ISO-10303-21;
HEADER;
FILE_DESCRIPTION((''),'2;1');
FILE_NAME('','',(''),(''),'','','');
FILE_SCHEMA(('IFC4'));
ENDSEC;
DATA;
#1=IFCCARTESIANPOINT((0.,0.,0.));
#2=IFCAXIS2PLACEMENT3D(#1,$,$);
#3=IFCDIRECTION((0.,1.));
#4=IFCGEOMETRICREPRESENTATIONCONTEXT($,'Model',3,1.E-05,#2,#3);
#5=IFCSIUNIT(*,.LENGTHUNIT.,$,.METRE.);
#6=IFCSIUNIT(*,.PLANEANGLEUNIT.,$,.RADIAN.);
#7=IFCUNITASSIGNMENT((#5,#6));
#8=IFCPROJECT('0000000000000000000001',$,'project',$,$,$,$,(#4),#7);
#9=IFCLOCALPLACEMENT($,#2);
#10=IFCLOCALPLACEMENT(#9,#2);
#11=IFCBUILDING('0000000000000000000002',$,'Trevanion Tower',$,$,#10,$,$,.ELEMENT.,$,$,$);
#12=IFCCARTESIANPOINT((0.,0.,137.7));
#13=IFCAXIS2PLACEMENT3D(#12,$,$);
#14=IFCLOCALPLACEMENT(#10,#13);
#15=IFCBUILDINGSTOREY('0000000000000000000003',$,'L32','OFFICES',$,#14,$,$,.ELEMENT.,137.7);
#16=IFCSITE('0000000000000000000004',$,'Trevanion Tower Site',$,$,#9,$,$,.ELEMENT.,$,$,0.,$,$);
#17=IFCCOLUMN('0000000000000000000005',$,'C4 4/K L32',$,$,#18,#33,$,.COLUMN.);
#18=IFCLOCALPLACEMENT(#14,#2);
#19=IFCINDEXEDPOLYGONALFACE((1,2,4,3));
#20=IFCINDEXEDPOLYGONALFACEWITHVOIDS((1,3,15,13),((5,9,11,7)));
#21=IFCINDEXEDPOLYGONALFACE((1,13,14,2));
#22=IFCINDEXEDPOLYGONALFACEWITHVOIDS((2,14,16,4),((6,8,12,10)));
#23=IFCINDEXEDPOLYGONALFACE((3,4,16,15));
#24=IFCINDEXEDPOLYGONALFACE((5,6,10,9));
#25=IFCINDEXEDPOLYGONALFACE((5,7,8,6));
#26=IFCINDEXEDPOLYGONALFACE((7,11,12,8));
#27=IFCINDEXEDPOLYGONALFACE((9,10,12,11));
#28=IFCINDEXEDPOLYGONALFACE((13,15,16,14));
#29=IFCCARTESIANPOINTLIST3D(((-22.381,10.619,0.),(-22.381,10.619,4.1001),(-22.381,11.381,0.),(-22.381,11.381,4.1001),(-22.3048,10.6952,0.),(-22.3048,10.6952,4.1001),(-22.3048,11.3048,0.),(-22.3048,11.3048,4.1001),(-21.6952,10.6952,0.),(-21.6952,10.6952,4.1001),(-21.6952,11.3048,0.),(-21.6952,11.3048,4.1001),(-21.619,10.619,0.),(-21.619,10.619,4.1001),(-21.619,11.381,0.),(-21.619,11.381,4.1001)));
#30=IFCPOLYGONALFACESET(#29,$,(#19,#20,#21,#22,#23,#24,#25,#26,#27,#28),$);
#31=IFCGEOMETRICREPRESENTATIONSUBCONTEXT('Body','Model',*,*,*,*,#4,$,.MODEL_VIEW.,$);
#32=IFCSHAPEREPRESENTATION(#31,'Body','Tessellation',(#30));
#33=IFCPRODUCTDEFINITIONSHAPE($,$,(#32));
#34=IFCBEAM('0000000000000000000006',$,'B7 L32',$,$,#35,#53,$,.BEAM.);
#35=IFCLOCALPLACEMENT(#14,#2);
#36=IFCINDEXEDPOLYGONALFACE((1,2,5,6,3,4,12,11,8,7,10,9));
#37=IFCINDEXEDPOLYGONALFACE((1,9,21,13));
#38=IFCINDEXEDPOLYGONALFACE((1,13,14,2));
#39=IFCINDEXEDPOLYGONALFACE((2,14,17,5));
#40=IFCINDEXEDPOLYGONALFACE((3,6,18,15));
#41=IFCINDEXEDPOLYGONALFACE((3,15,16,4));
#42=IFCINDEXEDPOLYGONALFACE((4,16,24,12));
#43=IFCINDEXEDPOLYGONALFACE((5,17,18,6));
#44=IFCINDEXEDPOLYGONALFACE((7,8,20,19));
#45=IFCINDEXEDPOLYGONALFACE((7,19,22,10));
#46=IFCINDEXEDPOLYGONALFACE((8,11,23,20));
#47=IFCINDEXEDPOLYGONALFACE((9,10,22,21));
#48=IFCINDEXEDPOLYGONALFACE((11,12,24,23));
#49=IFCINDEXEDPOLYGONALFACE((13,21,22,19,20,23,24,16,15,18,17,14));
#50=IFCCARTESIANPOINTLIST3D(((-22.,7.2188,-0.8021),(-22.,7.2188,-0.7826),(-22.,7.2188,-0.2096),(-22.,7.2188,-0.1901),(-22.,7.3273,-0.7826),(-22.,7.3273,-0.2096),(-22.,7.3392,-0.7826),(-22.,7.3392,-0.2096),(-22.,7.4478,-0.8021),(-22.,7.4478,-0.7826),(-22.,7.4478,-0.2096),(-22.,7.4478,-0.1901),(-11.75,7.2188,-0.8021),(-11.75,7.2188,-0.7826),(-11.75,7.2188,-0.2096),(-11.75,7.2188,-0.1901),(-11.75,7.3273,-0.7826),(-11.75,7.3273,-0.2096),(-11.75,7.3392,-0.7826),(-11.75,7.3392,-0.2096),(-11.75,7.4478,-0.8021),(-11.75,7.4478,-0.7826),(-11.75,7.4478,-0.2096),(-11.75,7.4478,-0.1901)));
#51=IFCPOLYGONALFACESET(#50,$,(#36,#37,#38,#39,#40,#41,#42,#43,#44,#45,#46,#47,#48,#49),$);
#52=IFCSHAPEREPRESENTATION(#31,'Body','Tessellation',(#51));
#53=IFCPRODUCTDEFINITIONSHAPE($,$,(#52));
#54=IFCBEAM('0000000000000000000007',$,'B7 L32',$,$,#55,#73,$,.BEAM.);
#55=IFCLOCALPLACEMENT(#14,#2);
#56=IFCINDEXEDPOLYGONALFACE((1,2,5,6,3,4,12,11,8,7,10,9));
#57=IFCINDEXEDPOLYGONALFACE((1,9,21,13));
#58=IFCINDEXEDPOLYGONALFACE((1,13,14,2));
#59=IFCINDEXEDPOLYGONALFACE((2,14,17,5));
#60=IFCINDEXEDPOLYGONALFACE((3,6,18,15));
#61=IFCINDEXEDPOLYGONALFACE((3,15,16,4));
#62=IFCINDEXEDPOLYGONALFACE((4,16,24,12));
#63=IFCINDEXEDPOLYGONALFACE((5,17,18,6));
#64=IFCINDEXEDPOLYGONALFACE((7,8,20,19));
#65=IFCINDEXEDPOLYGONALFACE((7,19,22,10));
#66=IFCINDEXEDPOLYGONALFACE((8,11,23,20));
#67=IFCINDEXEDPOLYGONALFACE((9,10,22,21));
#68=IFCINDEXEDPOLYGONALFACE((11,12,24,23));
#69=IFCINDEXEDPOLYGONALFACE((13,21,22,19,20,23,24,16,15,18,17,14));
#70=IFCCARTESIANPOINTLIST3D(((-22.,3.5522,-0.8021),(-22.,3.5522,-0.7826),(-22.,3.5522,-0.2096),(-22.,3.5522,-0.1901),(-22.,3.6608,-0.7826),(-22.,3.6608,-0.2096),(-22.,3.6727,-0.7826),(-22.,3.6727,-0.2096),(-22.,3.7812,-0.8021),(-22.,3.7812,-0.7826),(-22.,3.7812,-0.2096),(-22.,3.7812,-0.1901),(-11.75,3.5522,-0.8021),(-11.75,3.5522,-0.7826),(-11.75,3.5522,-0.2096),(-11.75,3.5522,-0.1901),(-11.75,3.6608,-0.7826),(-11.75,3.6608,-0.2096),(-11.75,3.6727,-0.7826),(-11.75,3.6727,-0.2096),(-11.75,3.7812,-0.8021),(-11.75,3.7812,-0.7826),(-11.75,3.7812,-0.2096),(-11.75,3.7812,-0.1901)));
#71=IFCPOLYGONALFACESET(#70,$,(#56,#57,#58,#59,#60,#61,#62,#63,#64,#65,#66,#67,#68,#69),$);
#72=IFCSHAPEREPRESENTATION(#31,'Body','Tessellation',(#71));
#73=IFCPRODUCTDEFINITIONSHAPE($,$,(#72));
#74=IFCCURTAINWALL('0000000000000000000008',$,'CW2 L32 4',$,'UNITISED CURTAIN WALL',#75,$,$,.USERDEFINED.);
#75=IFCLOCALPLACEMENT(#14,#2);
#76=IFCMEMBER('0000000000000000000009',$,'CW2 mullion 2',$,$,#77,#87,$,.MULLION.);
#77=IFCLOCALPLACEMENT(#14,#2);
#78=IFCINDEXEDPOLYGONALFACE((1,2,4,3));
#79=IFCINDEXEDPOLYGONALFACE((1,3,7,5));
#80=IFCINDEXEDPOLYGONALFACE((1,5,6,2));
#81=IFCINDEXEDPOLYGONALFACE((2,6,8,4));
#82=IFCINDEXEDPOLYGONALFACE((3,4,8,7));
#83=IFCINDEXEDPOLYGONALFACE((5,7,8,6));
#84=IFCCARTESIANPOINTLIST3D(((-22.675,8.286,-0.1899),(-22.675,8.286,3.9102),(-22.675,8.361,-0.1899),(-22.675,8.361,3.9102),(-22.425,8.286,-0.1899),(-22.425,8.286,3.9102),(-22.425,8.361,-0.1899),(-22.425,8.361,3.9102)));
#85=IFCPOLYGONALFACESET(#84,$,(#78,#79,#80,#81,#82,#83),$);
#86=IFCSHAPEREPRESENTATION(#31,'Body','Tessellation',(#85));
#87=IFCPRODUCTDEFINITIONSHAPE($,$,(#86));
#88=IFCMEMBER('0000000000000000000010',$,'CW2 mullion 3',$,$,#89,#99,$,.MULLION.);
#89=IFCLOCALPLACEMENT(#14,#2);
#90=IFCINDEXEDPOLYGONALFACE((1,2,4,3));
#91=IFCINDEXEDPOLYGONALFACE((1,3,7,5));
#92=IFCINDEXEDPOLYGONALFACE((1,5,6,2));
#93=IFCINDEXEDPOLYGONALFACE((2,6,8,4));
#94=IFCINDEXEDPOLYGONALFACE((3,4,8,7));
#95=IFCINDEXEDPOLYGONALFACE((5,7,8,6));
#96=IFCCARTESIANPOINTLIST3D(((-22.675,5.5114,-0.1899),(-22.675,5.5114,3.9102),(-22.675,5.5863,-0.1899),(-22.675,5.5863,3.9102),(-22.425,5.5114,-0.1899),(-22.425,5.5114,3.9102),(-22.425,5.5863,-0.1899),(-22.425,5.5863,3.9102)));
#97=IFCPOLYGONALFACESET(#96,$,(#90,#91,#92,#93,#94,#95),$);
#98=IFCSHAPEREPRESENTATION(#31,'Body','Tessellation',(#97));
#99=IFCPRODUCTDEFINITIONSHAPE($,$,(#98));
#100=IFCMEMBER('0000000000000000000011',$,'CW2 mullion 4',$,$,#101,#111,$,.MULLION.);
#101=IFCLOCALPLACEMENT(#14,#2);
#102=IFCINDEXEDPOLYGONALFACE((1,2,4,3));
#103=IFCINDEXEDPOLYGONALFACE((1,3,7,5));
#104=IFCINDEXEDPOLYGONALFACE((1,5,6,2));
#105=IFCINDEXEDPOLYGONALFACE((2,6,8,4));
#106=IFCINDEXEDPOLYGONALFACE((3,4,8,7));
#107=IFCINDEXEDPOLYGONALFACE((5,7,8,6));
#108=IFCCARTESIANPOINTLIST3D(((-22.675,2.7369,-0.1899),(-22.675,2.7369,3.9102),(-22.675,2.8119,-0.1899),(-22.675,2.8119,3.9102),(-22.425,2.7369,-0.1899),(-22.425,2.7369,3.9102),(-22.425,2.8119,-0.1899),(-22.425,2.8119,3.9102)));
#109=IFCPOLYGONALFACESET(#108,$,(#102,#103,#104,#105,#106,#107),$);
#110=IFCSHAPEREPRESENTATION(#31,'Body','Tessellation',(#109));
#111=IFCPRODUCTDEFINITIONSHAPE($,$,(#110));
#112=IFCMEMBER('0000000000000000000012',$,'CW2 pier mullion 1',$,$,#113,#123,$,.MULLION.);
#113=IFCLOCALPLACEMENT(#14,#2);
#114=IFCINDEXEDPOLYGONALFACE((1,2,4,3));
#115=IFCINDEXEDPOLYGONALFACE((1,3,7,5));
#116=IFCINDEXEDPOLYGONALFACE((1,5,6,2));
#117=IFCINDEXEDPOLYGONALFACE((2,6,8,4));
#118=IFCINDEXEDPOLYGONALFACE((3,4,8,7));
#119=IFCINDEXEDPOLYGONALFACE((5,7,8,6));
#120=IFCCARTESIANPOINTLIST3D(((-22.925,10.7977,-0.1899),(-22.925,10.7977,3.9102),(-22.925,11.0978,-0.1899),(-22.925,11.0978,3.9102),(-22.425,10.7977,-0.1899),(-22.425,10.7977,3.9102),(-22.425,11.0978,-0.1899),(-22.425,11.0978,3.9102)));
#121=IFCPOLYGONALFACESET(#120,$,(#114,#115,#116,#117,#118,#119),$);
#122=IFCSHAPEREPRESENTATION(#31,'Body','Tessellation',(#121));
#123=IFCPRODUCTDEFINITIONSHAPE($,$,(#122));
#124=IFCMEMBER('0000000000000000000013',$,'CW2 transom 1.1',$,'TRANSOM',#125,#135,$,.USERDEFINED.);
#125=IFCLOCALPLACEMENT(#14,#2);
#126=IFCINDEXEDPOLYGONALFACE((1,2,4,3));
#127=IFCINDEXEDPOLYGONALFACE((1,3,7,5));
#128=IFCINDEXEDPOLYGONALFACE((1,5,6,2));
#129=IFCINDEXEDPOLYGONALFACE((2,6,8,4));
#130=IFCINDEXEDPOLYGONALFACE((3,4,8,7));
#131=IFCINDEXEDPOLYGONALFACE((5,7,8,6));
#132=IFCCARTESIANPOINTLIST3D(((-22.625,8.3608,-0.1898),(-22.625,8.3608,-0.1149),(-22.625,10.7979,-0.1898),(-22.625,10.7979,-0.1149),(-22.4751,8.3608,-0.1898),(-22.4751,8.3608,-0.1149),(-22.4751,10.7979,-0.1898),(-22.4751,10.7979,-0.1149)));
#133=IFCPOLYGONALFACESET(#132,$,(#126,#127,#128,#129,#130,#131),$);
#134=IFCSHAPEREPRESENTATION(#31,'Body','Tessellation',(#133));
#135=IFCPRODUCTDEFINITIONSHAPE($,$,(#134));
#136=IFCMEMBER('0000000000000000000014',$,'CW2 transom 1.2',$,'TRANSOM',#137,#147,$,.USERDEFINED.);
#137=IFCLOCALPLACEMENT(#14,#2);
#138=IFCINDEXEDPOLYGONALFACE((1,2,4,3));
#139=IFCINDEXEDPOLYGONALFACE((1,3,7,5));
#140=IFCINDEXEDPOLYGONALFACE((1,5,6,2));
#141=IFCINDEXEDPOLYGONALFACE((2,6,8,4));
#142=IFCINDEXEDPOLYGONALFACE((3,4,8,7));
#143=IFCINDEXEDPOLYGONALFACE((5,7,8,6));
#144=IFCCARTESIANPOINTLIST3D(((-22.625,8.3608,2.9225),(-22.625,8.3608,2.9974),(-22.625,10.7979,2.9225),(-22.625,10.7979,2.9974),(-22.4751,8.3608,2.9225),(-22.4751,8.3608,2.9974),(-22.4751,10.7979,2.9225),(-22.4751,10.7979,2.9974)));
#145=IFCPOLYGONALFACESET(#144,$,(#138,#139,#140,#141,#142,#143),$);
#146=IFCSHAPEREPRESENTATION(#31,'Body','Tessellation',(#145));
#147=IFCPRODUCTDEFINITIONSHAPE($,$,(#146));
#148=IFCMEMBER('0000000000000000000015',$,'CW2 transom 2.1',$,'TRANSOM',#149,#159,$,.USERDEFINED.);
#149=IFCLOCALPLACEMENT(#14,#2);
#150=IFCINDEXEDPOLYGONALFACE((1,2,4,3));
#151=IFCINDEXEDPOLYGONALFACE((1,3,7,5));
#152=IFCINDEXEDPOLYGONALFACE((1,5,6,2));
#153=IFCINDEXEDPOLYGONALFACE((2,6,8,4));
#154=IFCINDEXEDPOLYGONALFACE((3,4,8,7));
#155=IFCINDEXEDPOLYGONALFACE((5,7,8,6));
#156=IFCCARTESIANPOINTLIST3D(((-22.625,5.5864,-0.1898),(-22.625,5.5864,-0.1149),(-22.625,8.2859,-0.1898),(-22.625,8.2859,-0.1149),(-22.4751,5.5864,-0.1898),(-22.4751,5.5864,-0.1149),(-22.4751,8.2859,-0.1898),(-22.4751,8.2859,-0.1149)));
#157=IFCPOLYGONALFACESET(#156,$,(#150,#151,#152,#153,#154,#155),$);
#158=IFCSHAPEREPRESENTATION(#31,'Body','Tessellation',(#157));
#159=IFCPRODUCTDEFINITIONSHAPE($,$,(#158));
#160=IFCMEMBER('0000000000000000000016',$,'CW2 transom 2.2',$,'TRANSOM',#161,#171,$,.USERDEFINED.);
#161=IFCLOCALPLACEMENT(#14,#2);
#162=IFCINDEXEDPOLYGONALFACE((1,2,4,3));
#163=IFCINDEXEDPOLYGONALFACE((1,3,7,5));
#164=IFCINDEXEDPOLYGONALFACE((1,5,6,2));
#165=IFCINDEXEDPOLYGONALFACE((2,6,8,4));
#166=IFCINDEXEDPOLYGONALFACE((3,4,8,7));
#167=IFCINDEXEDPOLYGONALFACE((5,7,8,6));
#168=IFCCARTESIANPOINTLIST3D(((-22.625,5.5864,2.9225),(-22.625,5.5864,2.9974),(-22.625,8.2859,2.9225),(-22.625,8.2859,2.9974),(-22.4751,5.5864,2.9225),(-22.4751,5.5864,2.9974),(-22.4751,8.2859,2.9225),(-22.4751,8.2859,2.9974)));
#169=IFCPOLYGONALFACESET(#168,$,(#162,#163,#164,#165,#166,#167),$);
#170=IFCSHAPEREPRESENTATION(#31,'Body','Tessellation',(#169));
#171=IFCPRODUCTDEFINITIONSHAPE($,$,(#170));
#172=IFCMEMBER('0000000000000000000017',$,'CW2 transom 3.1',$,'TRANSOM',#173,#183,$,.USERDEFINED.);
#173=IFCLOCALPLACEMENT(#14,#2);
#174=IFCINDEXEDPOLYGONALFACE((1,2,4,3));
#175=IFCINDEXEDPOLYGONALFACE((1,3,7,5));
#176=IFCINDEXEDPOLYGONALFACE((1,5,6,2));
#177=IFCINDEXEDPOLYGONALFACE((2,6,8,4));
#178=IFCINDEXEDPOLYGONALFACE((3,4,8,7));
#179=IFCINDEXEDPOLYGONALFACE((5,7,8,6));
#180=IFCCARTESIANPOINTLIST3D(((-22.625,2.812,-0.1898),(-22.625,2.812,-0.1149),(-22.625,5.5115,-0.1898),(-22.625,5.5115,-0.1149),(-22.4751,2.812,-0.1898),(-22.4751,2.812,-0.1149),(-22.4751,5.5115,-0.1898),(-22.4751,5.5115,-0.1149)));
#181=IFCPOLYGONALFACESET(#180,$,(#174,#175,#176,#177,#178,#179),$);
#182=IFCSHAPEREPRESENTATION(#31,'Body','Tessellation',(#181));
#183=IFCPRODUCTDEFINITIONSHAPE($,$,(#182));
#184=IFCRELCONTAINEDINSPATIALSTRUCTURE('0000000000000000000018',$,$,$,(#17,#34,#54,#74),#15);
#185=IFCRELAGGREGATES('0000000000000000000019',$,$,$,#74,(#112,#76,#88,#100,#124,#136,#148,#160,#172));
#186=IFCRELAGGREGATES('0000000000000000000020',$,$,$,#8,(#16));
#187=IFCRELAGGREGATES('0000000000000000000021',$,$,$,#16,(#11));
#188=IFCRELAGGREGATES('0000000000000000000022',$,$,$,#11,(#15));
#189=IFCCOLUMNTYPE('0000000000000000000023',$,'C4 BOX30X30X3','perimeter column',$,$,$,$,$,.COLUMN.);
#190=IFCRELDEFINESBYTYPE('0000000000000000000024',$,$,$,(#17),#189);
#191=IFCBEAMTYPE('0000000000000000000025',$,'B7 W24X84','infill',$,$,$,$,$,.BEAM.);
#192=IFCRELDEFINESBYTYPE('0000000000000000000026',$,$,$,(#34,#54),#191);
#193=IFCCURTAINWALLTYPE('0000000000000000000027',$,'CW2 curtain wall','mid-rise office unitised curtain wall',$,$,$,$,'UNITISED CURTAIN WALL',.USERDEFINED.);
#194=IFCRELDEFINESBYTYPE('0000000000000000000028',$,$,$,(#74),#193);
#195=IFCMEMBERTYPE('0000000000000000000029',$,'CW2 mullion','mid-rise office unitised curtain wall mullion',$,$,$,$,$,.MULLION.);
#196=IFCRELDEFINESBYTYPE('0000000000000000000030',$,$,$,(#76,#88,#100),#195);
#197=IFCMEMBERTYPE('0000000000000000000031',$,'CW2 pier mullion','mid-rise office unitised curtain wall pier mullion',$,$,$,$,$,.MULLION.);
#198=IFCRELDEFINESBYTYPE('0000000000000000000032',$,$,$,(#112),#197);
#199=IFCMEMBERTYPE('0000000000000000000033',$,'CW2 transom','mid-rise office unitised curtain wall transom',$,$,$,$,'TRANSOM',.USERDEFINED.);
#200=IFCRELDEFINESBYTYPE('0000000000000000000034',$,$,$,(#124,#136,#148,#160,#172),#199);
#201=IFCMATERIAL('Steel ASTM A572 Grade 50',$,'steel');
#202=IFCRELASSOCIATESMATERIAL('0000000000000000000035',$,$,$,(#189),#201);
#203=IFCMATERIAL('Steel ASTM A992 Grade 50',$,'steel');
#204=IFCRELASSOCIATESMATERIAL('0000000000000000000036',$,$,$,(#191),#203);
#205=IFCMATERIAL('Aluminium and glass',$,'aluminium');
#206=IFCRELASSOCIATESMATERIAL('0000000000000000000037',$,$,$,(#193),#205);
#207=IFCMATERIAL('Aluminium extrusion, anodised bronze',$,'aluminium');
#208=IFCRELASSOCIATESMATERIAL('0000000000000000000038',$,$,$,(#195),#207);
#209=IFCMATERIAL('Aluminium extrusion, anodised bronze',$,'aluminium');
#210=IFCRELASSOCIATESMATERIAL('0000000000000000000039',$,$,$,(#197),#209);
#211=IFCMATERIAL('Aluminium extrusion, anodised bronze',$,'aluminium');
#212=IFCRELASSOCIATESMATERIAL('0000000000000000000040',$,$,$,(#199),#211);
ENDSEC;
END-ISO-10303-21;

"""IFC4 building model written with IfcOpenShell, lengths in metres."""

from ifc_helpers import new_model, si_unit, direction, frame, origin, origin_2d, place, context, subcontext, project, spatial, rectangle, hollow_rectangle, i_section, extrude, material, material_profile, profile_set, type_object, element, aggregate, save


model = new_model("IFC4")

# Units and contexts
model_context = context("Model", 3, precision=1e-05, world=origin(), true_north=direction((0.0, 1.0)))
body_context = subcontext(model_context, "Body", "Model", "MODEL_VIEW")
ifc_project = project(units=[si_unit("LENGTHUNIT", "METRE"), si_unit("PLANEANGLEUNIT", "RADIAN")], contexts=[model_context])

# Site, building, storey
site_placement = place(None, origin())
site = spatial("IfcSite", under=ifc_project, at=site_placement, Name="Trevanion Tower Site", CompositionType="ELEMENT", RefElevation=0.0)
building_placement = place(site_placement, origin())
building = spatial("IfcBuilding", under=site, at=building_placement, Name="Trevanion Tower", CompositionType="ELEMENT")
storey_placement = place(building_placement, frame((0.0, 0.0, 137.7)))
storey = spatial("IfcBuildingStorey", under=building, at=storey_placement, Name="L32", Description="OFFICES", CompositionType="ELEMENT", Elevation=137.7)

# Column
ifc_material_1 = material(Name="Steel ASTM A572 Grade 50", Category="steel")
ifc_material_profile_1 = material_profile(ifc_material_1, hollow_rectangle(XDim=0.762, YDim=0.762, WallThickness=0.0762, at=origin_2d()), Name="BOX30X30X3")
ifc_profile_set_1 = profile_set([ifc_material_profile_1], Name="Steel ASTM A572 Grade 50")
column_type = type_object("IfcColumnType", Name="C4 BOX30X30X3", Description="perimeter column", PredefinedType="COLUMN", material=ifc_profile_set_1)
column_placement = place(storey_placement, frame((-22.0, 11.0, 0.0), z_axis=(0.0, 0.0, 1.0), x_axis=(0.0, 1.0, 0.0)))
element("IfcColumn", 1, at=column_placement, inside=storey, type_object=column_type, Name="C4 4/K L32", PredefinedType="COLUMN", context=body_context, shape_type="SweptSolid", body=[
    extrude(hollow_rectangle(XDim=0.762, YDim=0.762, WallThickness=0.0762, at=origin_2d()), origin(), (0.0, 0.0, 1.0), 4.1001),
])

# Beams
ifc_material_2 = material(Name="Steel ASTM A992 Grade 50", Category="steel")
ifc_material_profile_2 = material_profile(ifc_material_2, i_section(OverallWidth=0.229, OverallDepth=0.6121, WebThickness=0.012, FlangeThickness=0.0195, at=origin_2d()), Name="W24X84")
ifc_profile_set_2 = profile_set([ifc_material_profile_2], Name="Steel ASTM A992 Grade 50")
beam_type = type_object("IfcBeamType", Name="B7 W24X84", Description="infill", PredefinedType="BEAM", material=ifc_profile_set_2)
for number, where, z_axis, x_axis, name in (
    (2, (-11.75, 7.3333, -0.4961), (-1.0, 0.0, 0.0), (0.0, -1.0, 0.0), "B7 L32"),
    (3, (-11.75, 3.6667, -0.4961), (-1.0, 0.0, 0.0), (0.0, -1.0, 0.0), "B7 L32"),
):
    element("IfcBeam", number, at=place(storey_placement, frame(where, z_axis=z_axis, x_axis=x_axis)), inside=storey, type_object=beam_type, Name=name, PredefinedType="BEAM", context=body_context, shape_type="SweptSolid", body=[
        extrude(i_section(OverallWidth=0.229, OverallDepth=0.6121, WebThickness=0.012, FlangeThickness=0.0195, at=origin_2d()), origin(), (0.0, 0.0, 1.0), 10.25),
    ])

# Curtain wall, members
ifc_material_3 = material(Name="Aluminium and glass", Category="aluminium")
curtain_wall_type = type_object("IfcCurtainWallType", Name="CW2 curtain wall", Description="mid-rise office unitised curtain wall", ElementType="UNITISED CURTAIN WALL", PredefinedType="USERDEFINED", material=ifc_material_3)
curtain_wall_placement = place(storey_placement, origin())
curtain_wall = element("IfcCurtainWall", 4, at=curtain_wall_placement, inside=storey, type_object=curtain_wall_type, Name="CW2 L32 4", ObjectType="UNITISED CURTAIN WALL", PredefinedType="USERDEFINED")
ifc_material_4 = material(Name="Aluminium extrusion, anodised bronze", Category="aluminium")
ifc_material_profile_3 = material_profile(ifc_material_4, rectangle(XDim=0.075, YDim=0.25, at=origin_2d()), Name="CW2 mullion")
ifc_profile_set_3 = profile_set([ifc_material_profile_3], Name="Aluminium extrusion, anodised bronze")
member_type_1 = type_object("IfcMemberType", Name="CW2 mullion", Description="mid-rise office unitised curtain wall mullion", PredefinedType="MULLION", material=ifc_profile_set_3)
member_1_placement = place(storey_placement, frame((-22.55, 8.3235, -0.1899), z_axis=(0.0, 0.0, 1.0), x_axis=(0.0, -1.0, 0.0)))
member_1 = element("IfcMember", 5, at=member_1_placement, type_object=member_type_1, Name="CW2 mullion 2", PredefinedType="MULLION", context=body_context, shape_type="SweptSolid", body=[
    extrude(rectangle(XDim=0.075, YDim=0.25, at=origin_2d()), origin(), (0.0, 0.0, 1.0), 4.1001),
])
member_2_placement = place(storey_placement, frame((-22.55, 5.5488, -0.1899), z_axis=(0.0, 0.0, 1.0), x_axis=(0.0, -1.0, 0.0)))
member_2 = element("IfcMember", 6, at=member_2_placement, type_object=member_type_1, Name="CW2 mullion 3", PredefinedType="MULLION", context=body_context, shape_type="SweptSolid", body=[
    extrude(rectangle(XDim=0.075, YDim=0.25, at=origin_2d()), origin(), (0.0, 0.0, 1.0), 4.1001),
])
member_3_placement = place(storey_placement, frame((-22.55, 2.7744, -0.1899), z_axis=(0.0, 0.0, 1.0), x_axis=(0.0, -1.0, 0.0)))
member_3 = element("IfcMember", 7, at=member_3_placement, type_object=member_type_1, Name="CW2 mullion 4", PredefinedType="MULLION", context=body_context, shape_type="SweptSolid", body=[
    extrude(rectangle(XDim=0.075, YDim=0.25, at=origin_2d()), origin(), (0.0, 0.0, 1.0), 4.1001),
])
ifc_material_5 = material(Name="Aluminium extrusion, anodised bronze", Category="aluminium")
ifc_material_profile_4 = material_profile(ifc_material_5, rectangle(XDim=0.3, YDim=0.5, at=origin_2d()), Name="CW2 pier mullion")
ifc_profile_set_4 = profile_set([ifc_material_profile_4], Name="Aluminium extrusion, anodised bronze")
member_type_2 = type_object("IfcMemberType", Name="CW2 pier mullion", Description="mid-rise office unitised curtain wall pier mullion", PredefinedType="MULLION", material=ifc_profile_set_4)
member_4_placement = place(storey_placement, frame((-22.675, 10.9478, -0.1899), z_axis=(0.0, 0.0, 1.0), x_axis=(0.0, -1.0, 0.0)))
member_4 = element("IfcMember", 8, at=member_4_placement, type_object=member_type_2, Name="CW2 pier mullion 1", PredefinedType="MULLION", context=body_context, shape_type="SweptSolid", body=[
    extrude(rectangle(XDim=0.3, YDim=0.5, at=origin_2d()), origin(), (0.0, 0.0, 1.0), 4.1001),
])
ifc_material_6 = material(Name="Aluminium extrusion, anodised bronze", Category="aluminium")
ifc_material_profile_5 = material_profile(ifc_material_6, rectangle(XDim=0.1499, YDim=0.075, at=origin_2d()), Name="CW2 transom")
ifc_profile_set_5 = profile_set([ifc_material_profile_5], Name="Aluminium extrusion, anodised bronze")
member_type_3 = type_object("IfcMemberType", Name="CW2 transom", Description="mid-rise office unitised curtain wall transom", ElementType="TRANSOM", PredefinedType="USERDEFINED", material=ifc_profile_set_5)
member_5_placement = place(storey_placement, frame((-22.55, 10.7979, -0.1523), z_axis=(0.0, -1.0, 0.0), x_axis=(1.0, 0.0, 0.0)))
member_5 = element("IfcMember", 9, at=member_5_placement, type_object=member_type_3, Name="CW2 transom 1.1", ObjectType="TRANSOM", PredefinedType="USERDEFINED", context=body_context, shape_type="SweptSolid", body=[
    extrude(rectangle(XDim=0.1499, YDim=0.075, at=origin_2d()), origin(), (0.0, 0.0, 1.0), 2.437),
])
member_6_placement = place(storey_placement, frame((-22.55, 10.7979, 2.96), z_axis=(0.0, -1.0, 0.0), x_axis=(1.0, 0.0, 0.0)))
member_6 = element("IfcMember", 10, at=member_6_placement, type_object=member_type_3, Name="CW2 transom 1.2", ObjectType="TRANSOM", PredefinedType="USERDEFINED", context=body_context, shape_type="SweptSolid", body=[
    extrude(rectangle(XDim=0.1499, YDim=0.075, at=origin_2d()), origin(), (0.0, 0.0, 1.0), 2.437),
])
member_7_placement = place(storey_placement, frame((-22.55, 8.2859, -0.1523), z_axis=(0.0, -1.0, 0.0), x_axis=(1.0, 0.0, 0.0)))
member_7 = element("IfcMember", 11, at=member_7_placement, type_object=member_type_3, Name="CW2 transom 2.1", ObjectType="TRANSOM", PredefinedType="USERDEFINED", context=body_context, shape_type="SweptSolid", body=[
    extrude(rectangle(XDim=0.1499, YDim=0.075, at=origin_2d()), origin(), (0.0, 0.0, 1.0), 2.6995),
])
member_8_placement = place(storey_placement, frame((-22.55, 8.2859, 2.96), z_axis=(0.0, -1.0, 0.0), x_axis=(1.0, 0.0, 0.0)))
member_8 = element("IfcMember", 12, at=member_8_placement, type_object=member_type_3, Name="CW2 transom 2.2", ObjectType="TRANSOM", PredefinedType="USERDEFINED", context=body_context, shape_type="SweptSolid", body=[
    extrude(rectangle(XDim=0.1499, YDim=0.075, at=origin_2d()), origin(), (0.0, 0.0, 1.0), 2.6995),
])
member_9_placement = place(storey_placement, frame((-22.55, 5.5115, -0.1523), z_axis=(0.0, -1.0, 0.0), x_axis=(1.0, 0.0, 0.0)))
member_9 = element("IfcMember", 13, at=member_9_placement, type_object=member_type_3, Name="CW2 transom 3.1", ObjectType="TRANSOM", PredefinedType="USERDEFINED", context=body_context, shape_type="SweptSolid", body=[
    extrude(rectangle(XDim=0.1499, YDim=0.075, at=origin_2d()), origin(), (0.0, 0.0, 1.0), 2.6995),
])
aggregate(curtain_wall, [member_4, member_1, member_2, member_3, member_5, member_6, member_7, member_8, member_9])

save(model, "model.ifc")
